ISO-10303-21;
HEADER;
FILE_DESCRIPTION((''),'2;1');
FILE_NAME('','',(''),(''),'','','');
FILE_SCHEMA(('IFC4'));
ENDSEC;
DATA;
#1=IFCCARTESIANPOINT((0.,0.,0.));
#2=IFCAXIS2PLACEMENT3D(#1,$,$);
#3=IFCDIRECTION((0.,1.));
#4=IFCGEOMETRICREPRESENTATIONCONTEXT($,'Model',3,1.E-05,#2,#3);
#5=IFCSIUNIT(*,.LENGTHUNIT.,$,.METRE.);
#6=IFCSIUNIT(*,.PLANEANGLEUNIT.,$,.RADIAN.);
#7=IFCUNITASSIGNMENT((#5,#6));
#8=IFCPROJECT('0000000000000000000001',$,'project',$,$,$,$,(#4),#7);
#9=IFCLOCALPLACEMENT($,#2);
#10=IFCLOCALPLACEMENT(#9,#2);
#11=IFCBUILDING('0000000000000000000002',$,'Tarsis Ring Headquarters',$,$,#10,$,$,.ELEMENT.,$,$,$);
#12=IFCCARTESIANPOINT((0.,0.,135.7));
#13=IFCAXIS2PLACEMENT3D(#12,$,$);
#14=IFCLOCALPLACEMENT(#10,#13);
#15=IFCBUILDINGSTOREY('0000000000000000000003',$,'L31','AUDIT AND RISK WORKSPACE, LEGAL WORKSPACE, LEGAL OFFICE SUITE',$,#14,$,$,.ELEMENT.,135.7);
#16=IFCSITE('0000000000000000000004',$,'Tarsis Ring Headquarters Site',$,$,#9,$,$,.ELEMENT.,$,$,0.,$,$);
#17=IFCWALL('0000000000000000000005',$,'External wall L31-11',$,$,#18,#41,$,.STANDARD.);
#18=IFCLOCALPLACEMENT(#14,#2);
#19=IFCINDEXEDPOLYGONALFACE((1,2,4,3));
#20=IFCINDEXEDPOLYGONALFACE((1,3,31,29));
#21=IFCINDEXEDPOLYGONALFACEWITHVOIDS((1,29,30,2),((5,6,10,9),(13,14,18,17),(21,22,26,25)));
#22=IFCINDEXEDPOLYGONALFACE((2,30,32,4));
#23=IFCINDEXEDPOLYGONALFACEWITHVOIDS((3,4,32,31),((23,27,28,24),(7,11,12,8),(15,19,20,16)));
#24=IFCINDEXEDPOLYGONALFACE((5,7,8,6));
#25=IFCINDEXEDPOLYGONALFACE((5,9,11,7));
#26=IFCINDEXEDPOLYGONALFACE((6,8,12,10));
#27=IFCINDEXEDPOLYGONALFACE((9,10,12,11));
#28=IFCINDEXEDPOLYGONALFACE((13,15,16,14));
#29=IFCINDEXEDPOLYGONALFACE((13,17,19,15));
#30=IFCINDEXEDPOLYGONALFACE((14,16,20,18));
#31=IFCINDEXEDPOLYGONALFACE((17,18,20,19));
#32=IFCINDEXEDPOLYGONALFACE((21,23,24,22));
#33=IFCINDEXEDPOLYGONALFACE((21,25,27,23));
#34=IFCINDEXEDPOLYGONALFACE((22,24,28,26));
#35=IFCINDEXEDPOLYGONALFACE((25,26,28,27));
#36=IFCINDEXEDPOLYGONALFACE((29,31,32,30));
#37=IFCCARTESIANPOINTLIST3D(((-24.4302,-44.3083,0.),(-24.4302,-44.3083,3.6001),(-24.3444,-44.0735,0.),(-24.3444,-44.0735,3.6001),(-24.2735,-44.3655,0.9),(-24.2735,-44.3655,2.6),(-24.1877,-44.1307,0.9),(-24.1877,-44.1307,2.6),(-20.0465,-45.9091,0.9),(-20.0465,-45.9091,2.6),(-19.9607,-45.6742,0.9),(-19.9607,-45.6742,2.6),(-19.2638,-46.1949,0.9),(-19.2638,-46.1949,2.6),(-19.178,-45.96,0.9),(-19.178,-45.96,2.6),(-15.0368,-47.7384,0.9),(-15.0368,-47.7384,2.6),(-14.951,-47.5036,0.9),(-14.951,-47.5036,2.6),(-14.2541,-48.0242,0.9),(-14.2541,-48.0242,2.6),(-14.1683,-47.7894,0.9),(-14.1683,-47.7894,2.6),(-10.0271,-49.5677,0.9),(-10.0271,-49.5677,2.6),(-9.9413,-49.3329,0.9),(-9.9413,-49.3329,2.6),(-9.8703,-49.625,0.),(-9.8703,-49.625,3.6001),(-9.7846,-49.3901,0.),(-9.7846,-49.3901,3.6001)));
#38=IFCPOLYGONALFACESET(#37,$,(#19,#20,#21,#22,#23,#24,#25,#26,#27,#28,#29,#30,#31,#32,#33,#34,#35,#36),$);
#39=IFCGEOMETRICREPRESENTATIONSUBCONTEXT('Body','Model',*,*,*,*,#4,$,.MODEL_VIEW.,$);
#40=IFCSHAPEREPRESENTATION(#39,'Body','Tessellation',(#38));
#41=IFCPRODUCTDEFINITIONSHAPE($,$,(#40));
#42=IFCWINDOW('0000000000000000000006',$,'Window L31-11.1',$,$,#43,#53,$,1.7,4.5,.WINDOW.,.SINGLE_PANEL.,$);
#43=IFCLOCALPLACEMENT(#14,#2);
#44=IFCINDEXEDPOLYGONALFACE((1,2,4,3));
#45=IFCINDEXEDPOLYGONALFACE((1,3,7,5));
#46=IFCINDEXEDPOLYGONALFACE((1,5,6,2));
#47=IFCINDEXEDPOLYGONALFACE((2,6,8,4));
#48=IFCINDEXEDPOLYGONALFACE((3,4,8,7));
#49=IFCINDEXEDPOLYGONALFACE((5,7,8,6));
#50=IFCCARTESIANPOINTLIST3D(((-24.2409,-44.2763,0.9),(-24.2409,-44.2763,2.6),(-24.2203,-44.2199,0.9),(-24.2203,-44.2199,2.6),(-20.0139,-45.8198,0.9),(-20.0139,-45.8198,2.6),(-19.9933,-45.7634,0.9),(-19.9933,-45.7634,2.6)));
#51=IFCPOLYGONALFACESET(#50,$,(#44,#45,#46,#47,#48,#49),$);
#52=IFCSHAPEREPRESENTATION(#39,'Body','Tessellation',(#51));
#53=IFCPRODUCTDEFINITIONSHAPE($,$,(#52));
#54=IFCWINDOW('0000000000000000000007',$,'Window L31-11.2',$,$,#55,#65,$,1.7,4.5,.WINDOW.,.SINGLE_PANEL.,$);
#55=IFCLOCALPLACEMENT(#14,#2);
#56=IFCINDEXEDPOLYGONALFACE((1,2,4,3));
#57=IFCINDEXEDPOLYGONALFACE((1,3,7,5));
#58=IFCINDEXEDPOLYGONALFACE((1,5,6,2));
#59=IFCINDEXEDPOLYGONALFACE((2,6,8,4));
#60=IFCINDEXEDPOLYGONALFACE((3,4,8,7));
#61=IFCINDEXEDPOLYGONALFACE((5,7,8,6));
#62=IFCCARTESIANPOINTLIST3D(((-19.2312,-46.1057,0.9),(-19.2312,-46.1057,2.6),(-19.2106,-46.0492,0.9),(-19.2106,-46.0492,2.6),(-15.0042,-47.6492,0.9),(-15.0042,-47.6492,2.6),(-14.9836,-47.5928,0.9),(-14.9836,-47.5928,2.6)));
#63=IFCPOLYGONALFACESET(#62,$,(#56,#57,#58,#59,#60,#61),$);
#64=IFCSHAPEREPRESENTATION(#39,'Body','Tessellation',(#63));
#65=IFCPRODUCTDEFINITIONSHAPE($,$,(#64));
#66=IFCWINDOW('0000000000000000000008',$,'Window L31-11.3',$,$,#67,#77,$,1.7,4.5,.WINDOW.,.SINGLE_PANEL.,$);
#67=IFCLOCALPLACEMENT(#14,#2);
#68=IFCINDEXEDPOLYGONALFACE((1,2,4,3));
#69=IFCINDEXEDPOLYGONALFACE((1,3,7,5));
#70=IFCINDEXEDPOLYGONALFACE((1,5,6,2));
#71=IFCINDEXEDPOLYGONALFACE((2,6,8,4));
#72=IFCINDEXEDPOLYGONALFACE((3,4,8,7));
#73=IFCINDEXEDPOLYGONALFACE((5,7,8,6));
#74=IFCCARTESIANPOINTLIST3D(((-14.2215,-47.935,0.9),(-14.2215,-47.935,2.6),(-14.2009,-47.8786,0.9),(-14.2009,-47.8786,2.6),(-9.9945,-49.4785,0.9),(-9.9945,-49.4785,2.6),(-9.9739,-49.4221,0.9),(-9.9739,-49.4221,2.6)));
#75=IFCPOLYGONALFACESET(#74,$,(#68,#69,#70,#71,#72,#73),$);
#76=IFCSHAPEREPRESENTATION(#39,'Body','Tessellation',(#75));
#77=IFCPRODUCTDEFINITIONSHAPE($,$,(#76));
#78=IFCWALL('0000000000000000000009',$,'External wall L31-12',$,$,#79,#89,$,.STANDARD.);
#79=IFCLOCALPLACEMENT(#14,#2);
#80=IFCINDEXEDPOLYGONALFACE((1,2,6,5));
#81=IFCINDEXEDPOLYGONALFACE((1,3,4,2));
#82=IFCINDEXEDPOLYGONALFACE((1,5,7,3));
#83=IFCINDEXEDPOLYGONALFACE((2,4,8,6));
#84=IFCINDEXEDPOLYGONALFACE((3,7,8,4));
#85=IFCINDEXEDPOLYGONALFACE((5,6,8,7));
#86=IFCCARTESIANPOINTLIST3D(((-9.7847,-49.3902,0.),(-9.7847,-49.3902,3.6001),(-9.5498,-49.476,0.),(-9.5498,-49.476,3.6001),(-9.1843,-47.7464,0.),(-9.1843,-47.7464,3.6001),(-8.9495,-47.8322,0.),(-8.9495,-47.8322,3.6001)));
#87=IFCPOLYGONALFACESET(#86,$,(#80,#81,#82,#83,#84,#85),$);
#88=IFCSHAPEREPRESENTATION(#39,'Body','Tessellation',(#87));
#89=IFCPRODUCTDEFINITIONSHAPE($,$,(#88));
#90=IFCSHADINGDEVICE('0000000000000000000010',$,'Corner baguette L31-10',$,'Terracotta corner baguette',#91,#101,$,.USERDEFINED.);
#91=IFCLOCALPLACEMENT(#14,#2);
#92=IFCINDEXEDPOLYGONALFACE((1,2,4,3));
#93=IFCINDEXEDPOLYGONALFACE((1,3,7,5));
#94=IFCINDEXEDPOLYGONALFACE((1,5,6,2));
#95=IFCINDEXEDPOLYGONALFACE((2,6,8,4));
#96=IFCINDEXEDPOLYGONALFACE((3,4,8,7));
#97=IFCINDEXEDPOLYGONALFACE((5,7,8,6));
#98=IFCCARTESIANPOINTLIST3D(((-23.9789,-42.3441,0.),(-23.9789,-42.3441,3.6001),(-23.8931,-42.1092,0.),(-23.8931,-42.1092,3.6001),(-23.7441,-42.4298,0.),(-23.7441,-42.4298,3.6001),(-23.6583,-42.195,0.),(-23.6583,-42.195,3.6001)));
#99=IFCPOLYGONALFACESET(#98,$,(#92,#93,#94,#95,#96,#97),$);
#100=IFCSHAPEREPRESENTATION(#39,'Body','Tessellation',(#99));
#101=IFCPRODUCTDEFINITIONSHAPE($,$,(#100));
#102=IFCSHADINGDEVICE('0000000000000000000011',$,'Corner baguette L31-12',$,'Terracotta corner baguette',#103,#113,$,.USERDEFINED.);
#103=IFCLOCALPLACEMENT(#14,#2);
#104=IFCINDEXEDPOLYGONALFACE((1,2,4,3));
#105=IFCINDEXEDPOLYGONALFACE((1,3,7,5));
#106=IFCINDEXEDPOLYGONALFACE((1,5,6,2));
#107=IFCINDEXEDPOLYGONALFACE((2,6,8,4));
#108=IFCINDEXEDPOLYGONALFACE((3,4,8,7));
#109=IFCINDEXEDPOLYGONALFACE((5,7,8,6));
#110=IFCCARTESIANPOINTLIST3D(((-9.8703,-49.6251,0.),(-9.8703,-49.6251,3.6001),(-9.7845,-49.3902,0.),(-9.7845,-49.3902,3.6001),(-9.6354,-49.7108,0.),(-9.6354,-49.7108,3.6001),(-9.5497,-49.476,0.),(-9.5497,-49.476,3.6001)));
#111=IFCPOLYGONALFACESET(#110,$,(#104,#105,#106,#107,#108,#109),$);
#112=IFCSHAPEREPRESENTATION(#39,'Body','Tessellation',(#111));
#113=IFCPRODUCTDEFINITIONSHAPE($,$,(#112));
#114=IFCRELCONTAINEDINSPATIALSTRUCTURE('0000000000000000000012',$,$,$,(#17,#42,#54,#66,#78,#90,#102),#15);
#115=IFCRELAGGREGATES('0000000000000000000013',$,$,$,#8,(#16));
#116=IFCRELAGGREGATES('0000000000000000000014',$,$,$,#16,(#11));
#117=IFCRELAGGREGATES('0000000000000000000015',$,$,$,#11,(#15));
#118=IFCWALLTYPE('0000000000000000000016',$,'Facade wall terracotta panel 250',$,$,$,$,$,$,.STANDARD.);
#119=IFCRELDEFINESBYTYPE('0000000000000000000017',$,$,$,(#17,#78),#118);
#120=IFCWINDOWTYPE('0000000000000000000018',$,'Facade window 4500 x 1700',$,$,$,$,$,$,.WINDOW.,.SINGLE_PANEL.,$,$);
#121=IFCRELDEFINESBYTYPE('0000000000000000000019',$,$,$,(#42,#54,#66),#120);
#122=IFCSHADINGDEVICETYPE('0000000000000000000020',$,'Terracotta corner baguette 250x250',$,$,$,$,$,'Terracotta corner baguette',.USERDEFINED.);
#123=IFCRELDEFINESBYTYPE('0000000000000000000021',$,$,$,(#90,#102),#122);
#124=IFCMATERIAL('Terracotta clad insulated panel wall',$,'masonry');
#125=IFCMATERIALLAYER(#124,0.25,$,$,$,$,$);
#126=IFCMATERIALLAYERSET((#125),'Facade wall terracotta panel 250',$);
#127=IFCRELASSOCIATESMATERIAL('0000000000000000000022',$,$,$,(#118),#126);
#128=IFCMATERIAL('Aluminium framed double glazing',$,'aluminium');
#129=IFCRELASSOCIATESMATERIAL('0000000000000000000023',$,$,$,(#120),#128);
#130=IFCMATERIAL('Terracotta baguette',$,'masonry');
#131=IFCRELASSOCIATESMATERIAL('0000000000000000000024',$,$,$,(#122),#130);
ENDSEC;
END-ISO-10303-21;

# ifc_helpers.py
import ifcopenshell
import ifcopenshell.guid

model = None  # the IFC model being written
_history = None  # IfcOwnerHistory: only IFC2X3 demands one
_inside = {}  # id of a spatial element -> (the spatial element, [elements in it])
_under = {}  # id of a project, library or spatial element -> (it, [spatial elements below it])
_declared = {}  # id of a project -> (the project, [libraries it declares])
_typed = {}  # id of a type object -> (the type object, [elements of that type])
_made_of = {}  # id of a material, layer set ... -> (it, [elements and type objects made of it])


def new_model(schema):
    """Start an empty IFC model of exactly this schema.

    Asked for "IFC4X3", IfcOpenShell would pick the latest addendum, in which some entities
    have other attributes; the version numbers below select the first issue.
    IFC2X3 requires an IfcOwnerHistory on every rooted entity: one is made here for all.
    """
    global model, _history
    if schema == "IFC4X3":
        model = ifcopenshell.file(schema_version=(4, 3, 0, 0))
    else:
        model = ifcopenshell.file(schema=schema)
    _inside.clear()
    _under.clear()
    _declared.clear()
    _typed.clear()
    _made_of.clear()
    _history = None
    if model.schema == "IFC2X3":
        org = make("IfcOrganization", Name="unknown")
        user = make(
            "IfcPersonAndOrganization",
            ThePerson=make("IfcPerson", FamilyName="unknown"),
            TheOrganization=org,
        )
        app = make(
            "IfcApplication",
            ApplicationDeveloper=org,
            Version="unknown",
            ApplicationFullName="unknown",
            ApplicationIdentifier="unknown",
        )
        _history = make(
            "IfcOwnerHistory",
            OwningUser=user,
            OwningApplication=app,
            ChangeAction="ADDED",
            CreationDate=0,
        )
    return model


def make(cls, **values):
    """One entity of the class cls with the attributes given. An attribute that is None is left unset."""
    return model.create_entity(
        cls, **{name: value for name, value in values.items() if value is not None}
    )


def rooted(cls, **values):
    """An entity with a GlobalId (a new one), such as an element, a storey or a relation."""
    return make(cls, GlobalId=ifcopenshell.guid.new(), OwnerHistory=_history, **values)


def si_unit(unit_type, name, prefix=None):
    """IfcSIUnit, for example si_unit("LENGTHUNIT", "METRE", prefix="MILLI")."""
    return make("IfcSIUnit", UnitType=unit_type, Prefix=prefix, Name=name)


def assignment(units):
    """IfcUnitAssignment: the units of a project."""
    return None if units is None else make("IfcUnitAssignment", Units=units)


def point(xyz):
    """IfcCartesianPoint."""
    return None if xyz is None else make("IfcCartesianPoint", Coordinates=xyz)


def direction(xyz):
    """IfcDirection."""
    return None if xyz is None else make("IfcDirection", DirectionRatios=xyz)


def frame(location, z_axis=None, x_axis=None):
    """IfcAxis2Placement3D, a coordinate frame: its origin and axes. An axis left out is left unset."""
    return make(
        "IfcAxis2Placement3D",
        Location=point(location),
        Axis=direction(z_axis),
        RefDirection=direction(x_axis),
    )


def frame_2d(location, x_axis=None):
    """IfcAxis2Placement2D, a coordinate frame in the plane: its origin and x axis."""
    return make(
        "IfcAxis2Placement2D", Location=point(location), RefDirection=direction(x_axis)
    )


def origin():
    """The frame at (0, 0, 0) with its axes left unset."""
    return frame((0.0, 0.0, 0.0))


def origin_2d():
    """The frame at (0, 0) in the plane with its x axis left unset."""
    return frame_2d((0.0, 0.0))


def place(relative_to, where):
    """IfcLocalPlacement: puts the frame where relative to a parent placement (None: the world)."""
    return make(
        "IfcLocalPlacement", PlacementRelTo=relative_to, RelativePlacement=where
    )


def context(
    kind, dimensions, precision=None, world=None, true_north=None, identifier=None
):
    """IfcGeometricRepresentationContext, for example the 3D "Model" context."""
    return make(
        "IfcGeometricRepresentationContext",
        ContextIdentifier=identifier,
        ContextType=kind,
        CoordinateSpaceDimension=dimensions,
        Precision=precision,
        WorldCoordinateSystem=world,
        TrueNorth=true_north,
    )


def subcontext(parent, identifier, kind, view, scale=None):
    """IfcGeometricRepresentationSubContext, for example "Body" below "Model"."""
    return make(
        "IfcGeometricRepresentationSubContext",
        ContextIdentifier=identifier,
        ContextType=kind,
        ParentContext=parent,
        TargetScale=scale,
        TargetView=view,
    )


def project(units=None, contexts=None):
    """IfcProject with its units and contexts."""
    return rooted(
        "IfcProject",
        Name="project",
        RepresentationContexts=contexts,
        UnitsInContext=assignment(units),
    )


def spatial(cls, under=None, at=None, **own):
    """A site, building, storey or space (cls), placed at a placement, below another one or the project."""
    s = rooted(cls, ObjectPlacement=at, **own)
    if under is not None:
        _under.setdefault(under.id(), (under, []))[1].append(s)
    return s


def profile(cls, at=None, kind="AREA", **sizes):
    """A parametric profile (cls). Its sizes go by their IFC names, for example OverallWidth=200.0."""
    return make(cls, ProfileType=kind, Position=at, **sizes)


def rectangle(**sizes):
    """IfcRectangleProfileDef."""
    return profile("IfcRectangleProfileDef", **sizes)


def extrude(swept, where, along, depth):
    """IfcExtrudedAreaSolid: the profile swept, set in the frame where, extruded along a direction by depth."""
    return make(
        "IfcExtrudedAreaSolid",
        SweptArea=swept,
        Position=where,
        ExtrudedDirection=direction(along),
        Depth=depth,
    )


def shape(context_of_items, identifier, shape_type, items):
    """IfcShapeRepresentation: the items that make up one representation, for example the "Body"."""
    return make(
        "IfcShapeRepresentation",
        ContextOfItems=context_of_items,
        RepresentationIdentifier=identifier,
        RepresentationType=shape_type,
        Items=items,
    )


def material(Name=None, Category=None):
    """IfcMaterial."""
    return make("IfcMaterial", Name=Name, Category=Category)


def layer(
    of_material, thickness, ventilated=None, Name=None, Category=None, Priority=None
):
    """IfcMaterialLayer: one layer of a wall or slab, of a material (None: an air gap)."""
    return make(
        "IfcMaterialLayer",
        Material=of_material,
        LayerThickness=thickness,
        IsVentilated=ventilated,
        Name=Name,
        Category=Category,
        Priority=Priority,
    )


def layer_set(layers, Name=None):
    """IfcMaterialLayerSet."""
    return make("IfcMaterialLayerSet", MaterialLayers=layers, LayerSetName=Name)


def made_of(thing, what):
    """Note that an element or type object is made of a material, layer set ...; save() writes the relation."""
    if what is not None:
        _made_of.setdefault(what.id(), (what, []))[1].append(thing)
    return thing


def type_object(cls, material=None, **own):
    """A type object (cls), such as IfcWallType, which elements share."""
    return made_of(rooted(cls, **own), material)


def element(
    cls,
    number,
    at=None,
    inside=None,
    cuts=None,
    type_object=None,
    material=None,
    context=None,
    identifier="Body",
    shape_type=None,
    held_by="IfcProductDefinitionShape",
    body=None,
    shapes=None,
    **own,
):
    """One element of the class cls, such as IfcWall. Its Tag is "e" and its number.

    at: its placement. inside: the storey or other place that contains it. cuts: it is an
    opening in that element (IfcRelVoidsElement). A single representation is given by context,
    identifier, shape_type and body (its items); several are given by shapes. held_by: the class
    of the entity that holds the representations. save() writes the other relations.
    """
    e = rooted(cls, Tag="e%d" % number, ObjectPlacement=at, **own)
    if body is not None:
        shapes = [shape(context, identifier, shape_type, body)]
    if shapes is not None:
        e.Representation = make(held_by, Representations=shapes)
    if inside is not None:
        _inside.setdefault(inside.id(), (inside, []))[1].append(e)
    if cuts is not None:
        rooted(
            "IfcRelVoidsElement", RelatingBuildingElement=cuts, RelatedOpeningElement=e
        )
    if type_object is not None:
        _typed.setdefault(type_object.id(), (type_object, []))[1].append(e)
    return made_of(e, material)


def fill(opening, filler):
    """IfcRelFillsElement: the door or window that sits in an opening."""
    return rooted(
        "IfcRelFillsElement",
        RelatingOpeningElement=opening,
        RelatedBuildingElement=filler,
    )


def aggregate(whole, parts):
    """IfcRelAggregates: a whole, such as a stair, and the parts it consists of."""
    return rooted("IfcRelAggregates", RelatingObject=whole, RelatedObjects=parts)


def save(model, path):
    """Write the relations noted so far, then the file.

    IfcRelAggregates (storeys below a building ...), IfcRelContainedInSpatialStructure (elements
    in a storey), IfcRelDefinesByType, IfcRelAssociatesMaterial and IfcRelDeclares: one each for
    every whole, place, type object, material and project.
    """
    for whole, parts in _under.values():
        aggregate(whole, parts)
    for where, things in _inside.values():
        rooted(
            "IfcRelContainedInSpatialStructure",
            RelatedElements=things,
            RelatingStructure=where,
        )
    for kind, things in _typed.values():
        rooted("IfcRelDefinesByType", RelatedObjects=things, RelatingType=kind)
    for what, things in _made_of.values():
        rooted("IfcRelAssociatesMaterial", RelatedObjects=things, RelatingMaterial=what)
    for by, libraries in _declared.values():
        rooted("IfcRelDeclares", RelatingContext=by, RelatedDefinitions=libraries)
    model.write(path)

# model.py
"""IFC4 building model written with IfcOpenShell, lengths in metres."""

from ifc_helpers import new_model, si_unit, direction, frame, frame_2d, origin, origin_2d, place, context, subcontext, project, spatial, rectangle, extrude, material, layer, layer_set, type_object, element, fill, save


model = new_model("IFC4")

# Units and contexts
model_context = context("Model", 3, precision=1e-05, world=origin(), true_north=direction((0.0, 1.0)))
body_context = subcontext(model_context, "Body", "Model", "MODEL_VIEW")
ifc_project = project(units=[si_unit("LENGTHUNIT", "METRE"), si_unit("PLANEANGLEUNIT", "RADIAN")], contexts=[model_context])

# Site, building, storey
site_placement = place(None, origin())
site = spatial("IfcSite", under=ifc_project, at=site_placement, Name="Tarsis Ring Headquarters Site", CompositionType="ELEMENT", RefElevation=0.0)
building_placement = place(site_placement, origin())
building = spatial("IfcBuilding", under=site, at=building_placement, Name="Tarsis Ring Headquarters", CompositionType="ELEMENT")
storey_placement = place(building_placement, frame((0.0, 0.0, 135.7)))
storey = spatial("IfcBuildingStorey", under=building, at=storey_placement, Name="L31", Description="AUDIT AND RISK WORKSPACE, LEGAL WORKSPACE, LEGAL OFFICE SUITE", CompositionType="ELEMENT", Elevation=135.7)

# Shared definitions
ifc_material_1 = material(Name="Terracotta clad insulated panel wall", Category="masonry")
ifc_layer_1 = layer(ifc_material_1, 0.25)
ifc_layer_set_1 = layer_set([ifc_layer_1], Name="Facade wall terracotta panel 250")
wall_type_1 = type_object("IfcWallType", Name="Facade wall terracotta panel 250", PredefinedType="STANDARD", material=ifc_layer_set_1)

# Wall, openings, windows
wall_1_placement = place(storey_placement, frame((-24.3872, -44.1909, 0.0), z_axis=(0.0, 0.0, 1.0), x_axis=(0.939333, -0.343006, 0.0)))
wall_1 = element("IfcWall", 1, at=wall_1_placement, inside=storey, type_object=wall_type_1, Name="External wall L31-11", PredefinedType="STANDARD", context=body_context, shape_type="SweptSolid", body=[
    extrude(rectangle(XDim=15.5002, YDim=0.25, at=frame_2d((7.75, 0.0))), origin(), (0.0, 0.0, 1.0), 3.6001),
])
opening_1_placement = place(wall_1_placement, frame((0.1667, 0.0, 0.8999)))
opening_1 = element("IfcOpeningElement", 2, at=opening_1_placement, cuts=wall_1, PredefinedType="OPENING", context=body_context, shape_type="SweptSolid", body=[
    extrude(rectangle(XDim=4.5, YDim=1.7, at=frame_2d((2.25, 0.8501))), frame((0.0, 0.135, 0.0), z_axis=(0.0, -1.0, 0.0), x_axis=(1.0, 0.0, 0.0)), (0.0, 0.0, 1.0), 0.27),
])
opening_2_placement = place(wall_1_placement, frame((5.5, 0.0, 0.8999)))
opening_2 = element("IfcOpeningElement", 3, at=opening_2_placement, cuts=wall_1, PredefinedType="OPENING", context=body_context, shape_type="SweptSolid", body=[
    extrude(rectangle(XDim=4.5, YDim=1.7, at=frame_2d((2.25, 0.8501))), frame((0.0, 0.135, 0.0), z_axis=(0.0, -1.0, 0.0), x_axis=(1.0, 0.0, 0.0)), (0.0, 0.0, 1.0), 0.27),
])
opening_3_placement = place(wall_1_placement, frame((10.8333, 0.0, 0.8999)))
opening_3 = element("IfcOpeningElement", 4, at=opening_3_placement, cuts=wall_1, PredefinedType="OPENING", context=body_context, shape_type="SweptSolid", body=[
    extrude(rectangle(XDim=4.5, YDim=1.7, at=frame_2d((2.25, 0.8501))), frame((0.0, 0.135, 0.0), z_axis=(0.0, -1.0, 0.0), x_axis=(1.0, 0.0, 0.0)), (0.0, 0.0, 1.0), 0.27),
])
ifc_material_2 = material(Name="Aluminium framed double glazing", Category="aluminium")
window_type = type_object("IfcWindowType", Name="Facade window 4500 x 1700", PartitioningType="SINGLE_PANEL", PredefinedType="WINDOW", material=ifc_material_2)
window_1_placement = place(opening_1_placement, origin())
window_1 = element("IfcWindow", 5, at=window_1_placement, inside=storey, type_object=window_type, Name="Window L31-11.1", OverallHeight=1.7, OverallWidth=4.5, PartitioningType="SINGLE_PANEL", PredefinedType="WINDOW", context=body_context, shape_type="SweptSolid", body=[
    extrude(rectangle(XDim=4.5, YDim=1.7, at=frame_2d((2.25, 0.8501))), frame((0.0, 0.03, 0.0), z_axis=(0.0, -1.0, 0.0), x_axis=(1.0, 0.0, 0.0)), (0.0, 0.0, 1.0), 0.0601),
])
fill(opening_1, window_1)
window_2_placement = place(opening_2_placement, origin())
window_2 = element("IfcWindow", 6, at=window_2_placement, inside=storey, type_object=window_type, Name="Window L31-11.2", OverallHeight=1.7, OverallWidth=4.5, PartitioningType="SINGLE_PANEL", PredefinedType="WINDOW", context=body_context, shape_type="SweptSolid", body=[
    extrude(rectangle(XDim=4.5, YDim=1.7, at=frame_2d((2.25, 0.8501))), frame((0.0, 0.03, 0.0), z_axis=(0.0, -1.0, 0.0), x_axis=(1.0, 0.0, 0.0)), (0.0, 0.0, 1.0), 0.0601),
])
fill(opening_2, window_2)
window_3_placement = place(opening_3_placement, origin())
window_3 = element("IfcWindow", 7, at=window_3_placement, inside=storey, type_object=window_type, Name="Window L31-11.3", OverallHeight=1.7, OverallWidth=4.5, PartitioningType="SINGLE_PANEL", PredefinedType="WINDOW", context=body_context, shape_type="SweptSolid", body=[
    extrude(rectangle(XDim=4.5, YDim=1.7, at=frame_2d((2.25, 0.8501))), frame((0.0, 0.03, 0.0), z_axis=(0.0, -1.0, 0.0), x_axis=(1.0, 0.0, 0.0)), (0.0, 0.0, 1.0), 0.0601),
])
fill(opening_3, window_3)

# Wall
wall_2_placement = place(storey_placement, frame((-9.6672, -49.4331, 0.0), z_axis=(0.0, 0.0, 1.0), x_axis=(0.343053, 0.939316, 0.0)))
element("IfcWall", 8, at=wall_2_placement, inside=storey, type_object=wall_type_1, Name="External wall L31-12", PredefinedType="STANDARD", context=body_context, shape_type="SweptSolid", body=[
    extrude(rectangle(XDim=1.75, YDim=0.25, at=frame_2d((0.875, 0.0))), origin(), (0.0, 0.0, 1.0), 3.6001),
])

# Shading devices
ifc_material_3 = material(Name="Terracotta baguette", Category="masonry")
shading_device_type = type_object("IfcShadingDeviceType", Name="Terracotta corner baguette 250x250", ElementType="Terracotta corner baguette", PredefinedType="USERDEFINED", material=ifc_material_3)
for number, where, z_axis, x_axis, name in (
    (9, (-23.8186, -42.2695, 0.0), (0.0, 0.0, 1.0), (0.939334, -0.343004, 0.0), "Corner baguette L31-10"),
    (10, (-9.71, -49.5505, 0.0), (0.0, 0.0, 1.0), (0.939334, -0.343004, 0.0), "Corner baguette L31-12"),
):
    element("IfcShadingDevice", number, at=place(storey_placement, frame(where, z_axis=z_axis, x_axis=x_axis)), inside=storey, type_object=shading_device_type, Name=name, ObjectType="Terracotta corner baguette", PredefinedType="USERDEFINED", context=body_context, shape_type="SweptSolid", body=[
        extrude(rectangle(XDim=0.25, YDim=0.25, at=origin_2d()), origin(), (0.0, 0.0, 1.0), 3.6001),
    ])

save(model, "model.ifc")
